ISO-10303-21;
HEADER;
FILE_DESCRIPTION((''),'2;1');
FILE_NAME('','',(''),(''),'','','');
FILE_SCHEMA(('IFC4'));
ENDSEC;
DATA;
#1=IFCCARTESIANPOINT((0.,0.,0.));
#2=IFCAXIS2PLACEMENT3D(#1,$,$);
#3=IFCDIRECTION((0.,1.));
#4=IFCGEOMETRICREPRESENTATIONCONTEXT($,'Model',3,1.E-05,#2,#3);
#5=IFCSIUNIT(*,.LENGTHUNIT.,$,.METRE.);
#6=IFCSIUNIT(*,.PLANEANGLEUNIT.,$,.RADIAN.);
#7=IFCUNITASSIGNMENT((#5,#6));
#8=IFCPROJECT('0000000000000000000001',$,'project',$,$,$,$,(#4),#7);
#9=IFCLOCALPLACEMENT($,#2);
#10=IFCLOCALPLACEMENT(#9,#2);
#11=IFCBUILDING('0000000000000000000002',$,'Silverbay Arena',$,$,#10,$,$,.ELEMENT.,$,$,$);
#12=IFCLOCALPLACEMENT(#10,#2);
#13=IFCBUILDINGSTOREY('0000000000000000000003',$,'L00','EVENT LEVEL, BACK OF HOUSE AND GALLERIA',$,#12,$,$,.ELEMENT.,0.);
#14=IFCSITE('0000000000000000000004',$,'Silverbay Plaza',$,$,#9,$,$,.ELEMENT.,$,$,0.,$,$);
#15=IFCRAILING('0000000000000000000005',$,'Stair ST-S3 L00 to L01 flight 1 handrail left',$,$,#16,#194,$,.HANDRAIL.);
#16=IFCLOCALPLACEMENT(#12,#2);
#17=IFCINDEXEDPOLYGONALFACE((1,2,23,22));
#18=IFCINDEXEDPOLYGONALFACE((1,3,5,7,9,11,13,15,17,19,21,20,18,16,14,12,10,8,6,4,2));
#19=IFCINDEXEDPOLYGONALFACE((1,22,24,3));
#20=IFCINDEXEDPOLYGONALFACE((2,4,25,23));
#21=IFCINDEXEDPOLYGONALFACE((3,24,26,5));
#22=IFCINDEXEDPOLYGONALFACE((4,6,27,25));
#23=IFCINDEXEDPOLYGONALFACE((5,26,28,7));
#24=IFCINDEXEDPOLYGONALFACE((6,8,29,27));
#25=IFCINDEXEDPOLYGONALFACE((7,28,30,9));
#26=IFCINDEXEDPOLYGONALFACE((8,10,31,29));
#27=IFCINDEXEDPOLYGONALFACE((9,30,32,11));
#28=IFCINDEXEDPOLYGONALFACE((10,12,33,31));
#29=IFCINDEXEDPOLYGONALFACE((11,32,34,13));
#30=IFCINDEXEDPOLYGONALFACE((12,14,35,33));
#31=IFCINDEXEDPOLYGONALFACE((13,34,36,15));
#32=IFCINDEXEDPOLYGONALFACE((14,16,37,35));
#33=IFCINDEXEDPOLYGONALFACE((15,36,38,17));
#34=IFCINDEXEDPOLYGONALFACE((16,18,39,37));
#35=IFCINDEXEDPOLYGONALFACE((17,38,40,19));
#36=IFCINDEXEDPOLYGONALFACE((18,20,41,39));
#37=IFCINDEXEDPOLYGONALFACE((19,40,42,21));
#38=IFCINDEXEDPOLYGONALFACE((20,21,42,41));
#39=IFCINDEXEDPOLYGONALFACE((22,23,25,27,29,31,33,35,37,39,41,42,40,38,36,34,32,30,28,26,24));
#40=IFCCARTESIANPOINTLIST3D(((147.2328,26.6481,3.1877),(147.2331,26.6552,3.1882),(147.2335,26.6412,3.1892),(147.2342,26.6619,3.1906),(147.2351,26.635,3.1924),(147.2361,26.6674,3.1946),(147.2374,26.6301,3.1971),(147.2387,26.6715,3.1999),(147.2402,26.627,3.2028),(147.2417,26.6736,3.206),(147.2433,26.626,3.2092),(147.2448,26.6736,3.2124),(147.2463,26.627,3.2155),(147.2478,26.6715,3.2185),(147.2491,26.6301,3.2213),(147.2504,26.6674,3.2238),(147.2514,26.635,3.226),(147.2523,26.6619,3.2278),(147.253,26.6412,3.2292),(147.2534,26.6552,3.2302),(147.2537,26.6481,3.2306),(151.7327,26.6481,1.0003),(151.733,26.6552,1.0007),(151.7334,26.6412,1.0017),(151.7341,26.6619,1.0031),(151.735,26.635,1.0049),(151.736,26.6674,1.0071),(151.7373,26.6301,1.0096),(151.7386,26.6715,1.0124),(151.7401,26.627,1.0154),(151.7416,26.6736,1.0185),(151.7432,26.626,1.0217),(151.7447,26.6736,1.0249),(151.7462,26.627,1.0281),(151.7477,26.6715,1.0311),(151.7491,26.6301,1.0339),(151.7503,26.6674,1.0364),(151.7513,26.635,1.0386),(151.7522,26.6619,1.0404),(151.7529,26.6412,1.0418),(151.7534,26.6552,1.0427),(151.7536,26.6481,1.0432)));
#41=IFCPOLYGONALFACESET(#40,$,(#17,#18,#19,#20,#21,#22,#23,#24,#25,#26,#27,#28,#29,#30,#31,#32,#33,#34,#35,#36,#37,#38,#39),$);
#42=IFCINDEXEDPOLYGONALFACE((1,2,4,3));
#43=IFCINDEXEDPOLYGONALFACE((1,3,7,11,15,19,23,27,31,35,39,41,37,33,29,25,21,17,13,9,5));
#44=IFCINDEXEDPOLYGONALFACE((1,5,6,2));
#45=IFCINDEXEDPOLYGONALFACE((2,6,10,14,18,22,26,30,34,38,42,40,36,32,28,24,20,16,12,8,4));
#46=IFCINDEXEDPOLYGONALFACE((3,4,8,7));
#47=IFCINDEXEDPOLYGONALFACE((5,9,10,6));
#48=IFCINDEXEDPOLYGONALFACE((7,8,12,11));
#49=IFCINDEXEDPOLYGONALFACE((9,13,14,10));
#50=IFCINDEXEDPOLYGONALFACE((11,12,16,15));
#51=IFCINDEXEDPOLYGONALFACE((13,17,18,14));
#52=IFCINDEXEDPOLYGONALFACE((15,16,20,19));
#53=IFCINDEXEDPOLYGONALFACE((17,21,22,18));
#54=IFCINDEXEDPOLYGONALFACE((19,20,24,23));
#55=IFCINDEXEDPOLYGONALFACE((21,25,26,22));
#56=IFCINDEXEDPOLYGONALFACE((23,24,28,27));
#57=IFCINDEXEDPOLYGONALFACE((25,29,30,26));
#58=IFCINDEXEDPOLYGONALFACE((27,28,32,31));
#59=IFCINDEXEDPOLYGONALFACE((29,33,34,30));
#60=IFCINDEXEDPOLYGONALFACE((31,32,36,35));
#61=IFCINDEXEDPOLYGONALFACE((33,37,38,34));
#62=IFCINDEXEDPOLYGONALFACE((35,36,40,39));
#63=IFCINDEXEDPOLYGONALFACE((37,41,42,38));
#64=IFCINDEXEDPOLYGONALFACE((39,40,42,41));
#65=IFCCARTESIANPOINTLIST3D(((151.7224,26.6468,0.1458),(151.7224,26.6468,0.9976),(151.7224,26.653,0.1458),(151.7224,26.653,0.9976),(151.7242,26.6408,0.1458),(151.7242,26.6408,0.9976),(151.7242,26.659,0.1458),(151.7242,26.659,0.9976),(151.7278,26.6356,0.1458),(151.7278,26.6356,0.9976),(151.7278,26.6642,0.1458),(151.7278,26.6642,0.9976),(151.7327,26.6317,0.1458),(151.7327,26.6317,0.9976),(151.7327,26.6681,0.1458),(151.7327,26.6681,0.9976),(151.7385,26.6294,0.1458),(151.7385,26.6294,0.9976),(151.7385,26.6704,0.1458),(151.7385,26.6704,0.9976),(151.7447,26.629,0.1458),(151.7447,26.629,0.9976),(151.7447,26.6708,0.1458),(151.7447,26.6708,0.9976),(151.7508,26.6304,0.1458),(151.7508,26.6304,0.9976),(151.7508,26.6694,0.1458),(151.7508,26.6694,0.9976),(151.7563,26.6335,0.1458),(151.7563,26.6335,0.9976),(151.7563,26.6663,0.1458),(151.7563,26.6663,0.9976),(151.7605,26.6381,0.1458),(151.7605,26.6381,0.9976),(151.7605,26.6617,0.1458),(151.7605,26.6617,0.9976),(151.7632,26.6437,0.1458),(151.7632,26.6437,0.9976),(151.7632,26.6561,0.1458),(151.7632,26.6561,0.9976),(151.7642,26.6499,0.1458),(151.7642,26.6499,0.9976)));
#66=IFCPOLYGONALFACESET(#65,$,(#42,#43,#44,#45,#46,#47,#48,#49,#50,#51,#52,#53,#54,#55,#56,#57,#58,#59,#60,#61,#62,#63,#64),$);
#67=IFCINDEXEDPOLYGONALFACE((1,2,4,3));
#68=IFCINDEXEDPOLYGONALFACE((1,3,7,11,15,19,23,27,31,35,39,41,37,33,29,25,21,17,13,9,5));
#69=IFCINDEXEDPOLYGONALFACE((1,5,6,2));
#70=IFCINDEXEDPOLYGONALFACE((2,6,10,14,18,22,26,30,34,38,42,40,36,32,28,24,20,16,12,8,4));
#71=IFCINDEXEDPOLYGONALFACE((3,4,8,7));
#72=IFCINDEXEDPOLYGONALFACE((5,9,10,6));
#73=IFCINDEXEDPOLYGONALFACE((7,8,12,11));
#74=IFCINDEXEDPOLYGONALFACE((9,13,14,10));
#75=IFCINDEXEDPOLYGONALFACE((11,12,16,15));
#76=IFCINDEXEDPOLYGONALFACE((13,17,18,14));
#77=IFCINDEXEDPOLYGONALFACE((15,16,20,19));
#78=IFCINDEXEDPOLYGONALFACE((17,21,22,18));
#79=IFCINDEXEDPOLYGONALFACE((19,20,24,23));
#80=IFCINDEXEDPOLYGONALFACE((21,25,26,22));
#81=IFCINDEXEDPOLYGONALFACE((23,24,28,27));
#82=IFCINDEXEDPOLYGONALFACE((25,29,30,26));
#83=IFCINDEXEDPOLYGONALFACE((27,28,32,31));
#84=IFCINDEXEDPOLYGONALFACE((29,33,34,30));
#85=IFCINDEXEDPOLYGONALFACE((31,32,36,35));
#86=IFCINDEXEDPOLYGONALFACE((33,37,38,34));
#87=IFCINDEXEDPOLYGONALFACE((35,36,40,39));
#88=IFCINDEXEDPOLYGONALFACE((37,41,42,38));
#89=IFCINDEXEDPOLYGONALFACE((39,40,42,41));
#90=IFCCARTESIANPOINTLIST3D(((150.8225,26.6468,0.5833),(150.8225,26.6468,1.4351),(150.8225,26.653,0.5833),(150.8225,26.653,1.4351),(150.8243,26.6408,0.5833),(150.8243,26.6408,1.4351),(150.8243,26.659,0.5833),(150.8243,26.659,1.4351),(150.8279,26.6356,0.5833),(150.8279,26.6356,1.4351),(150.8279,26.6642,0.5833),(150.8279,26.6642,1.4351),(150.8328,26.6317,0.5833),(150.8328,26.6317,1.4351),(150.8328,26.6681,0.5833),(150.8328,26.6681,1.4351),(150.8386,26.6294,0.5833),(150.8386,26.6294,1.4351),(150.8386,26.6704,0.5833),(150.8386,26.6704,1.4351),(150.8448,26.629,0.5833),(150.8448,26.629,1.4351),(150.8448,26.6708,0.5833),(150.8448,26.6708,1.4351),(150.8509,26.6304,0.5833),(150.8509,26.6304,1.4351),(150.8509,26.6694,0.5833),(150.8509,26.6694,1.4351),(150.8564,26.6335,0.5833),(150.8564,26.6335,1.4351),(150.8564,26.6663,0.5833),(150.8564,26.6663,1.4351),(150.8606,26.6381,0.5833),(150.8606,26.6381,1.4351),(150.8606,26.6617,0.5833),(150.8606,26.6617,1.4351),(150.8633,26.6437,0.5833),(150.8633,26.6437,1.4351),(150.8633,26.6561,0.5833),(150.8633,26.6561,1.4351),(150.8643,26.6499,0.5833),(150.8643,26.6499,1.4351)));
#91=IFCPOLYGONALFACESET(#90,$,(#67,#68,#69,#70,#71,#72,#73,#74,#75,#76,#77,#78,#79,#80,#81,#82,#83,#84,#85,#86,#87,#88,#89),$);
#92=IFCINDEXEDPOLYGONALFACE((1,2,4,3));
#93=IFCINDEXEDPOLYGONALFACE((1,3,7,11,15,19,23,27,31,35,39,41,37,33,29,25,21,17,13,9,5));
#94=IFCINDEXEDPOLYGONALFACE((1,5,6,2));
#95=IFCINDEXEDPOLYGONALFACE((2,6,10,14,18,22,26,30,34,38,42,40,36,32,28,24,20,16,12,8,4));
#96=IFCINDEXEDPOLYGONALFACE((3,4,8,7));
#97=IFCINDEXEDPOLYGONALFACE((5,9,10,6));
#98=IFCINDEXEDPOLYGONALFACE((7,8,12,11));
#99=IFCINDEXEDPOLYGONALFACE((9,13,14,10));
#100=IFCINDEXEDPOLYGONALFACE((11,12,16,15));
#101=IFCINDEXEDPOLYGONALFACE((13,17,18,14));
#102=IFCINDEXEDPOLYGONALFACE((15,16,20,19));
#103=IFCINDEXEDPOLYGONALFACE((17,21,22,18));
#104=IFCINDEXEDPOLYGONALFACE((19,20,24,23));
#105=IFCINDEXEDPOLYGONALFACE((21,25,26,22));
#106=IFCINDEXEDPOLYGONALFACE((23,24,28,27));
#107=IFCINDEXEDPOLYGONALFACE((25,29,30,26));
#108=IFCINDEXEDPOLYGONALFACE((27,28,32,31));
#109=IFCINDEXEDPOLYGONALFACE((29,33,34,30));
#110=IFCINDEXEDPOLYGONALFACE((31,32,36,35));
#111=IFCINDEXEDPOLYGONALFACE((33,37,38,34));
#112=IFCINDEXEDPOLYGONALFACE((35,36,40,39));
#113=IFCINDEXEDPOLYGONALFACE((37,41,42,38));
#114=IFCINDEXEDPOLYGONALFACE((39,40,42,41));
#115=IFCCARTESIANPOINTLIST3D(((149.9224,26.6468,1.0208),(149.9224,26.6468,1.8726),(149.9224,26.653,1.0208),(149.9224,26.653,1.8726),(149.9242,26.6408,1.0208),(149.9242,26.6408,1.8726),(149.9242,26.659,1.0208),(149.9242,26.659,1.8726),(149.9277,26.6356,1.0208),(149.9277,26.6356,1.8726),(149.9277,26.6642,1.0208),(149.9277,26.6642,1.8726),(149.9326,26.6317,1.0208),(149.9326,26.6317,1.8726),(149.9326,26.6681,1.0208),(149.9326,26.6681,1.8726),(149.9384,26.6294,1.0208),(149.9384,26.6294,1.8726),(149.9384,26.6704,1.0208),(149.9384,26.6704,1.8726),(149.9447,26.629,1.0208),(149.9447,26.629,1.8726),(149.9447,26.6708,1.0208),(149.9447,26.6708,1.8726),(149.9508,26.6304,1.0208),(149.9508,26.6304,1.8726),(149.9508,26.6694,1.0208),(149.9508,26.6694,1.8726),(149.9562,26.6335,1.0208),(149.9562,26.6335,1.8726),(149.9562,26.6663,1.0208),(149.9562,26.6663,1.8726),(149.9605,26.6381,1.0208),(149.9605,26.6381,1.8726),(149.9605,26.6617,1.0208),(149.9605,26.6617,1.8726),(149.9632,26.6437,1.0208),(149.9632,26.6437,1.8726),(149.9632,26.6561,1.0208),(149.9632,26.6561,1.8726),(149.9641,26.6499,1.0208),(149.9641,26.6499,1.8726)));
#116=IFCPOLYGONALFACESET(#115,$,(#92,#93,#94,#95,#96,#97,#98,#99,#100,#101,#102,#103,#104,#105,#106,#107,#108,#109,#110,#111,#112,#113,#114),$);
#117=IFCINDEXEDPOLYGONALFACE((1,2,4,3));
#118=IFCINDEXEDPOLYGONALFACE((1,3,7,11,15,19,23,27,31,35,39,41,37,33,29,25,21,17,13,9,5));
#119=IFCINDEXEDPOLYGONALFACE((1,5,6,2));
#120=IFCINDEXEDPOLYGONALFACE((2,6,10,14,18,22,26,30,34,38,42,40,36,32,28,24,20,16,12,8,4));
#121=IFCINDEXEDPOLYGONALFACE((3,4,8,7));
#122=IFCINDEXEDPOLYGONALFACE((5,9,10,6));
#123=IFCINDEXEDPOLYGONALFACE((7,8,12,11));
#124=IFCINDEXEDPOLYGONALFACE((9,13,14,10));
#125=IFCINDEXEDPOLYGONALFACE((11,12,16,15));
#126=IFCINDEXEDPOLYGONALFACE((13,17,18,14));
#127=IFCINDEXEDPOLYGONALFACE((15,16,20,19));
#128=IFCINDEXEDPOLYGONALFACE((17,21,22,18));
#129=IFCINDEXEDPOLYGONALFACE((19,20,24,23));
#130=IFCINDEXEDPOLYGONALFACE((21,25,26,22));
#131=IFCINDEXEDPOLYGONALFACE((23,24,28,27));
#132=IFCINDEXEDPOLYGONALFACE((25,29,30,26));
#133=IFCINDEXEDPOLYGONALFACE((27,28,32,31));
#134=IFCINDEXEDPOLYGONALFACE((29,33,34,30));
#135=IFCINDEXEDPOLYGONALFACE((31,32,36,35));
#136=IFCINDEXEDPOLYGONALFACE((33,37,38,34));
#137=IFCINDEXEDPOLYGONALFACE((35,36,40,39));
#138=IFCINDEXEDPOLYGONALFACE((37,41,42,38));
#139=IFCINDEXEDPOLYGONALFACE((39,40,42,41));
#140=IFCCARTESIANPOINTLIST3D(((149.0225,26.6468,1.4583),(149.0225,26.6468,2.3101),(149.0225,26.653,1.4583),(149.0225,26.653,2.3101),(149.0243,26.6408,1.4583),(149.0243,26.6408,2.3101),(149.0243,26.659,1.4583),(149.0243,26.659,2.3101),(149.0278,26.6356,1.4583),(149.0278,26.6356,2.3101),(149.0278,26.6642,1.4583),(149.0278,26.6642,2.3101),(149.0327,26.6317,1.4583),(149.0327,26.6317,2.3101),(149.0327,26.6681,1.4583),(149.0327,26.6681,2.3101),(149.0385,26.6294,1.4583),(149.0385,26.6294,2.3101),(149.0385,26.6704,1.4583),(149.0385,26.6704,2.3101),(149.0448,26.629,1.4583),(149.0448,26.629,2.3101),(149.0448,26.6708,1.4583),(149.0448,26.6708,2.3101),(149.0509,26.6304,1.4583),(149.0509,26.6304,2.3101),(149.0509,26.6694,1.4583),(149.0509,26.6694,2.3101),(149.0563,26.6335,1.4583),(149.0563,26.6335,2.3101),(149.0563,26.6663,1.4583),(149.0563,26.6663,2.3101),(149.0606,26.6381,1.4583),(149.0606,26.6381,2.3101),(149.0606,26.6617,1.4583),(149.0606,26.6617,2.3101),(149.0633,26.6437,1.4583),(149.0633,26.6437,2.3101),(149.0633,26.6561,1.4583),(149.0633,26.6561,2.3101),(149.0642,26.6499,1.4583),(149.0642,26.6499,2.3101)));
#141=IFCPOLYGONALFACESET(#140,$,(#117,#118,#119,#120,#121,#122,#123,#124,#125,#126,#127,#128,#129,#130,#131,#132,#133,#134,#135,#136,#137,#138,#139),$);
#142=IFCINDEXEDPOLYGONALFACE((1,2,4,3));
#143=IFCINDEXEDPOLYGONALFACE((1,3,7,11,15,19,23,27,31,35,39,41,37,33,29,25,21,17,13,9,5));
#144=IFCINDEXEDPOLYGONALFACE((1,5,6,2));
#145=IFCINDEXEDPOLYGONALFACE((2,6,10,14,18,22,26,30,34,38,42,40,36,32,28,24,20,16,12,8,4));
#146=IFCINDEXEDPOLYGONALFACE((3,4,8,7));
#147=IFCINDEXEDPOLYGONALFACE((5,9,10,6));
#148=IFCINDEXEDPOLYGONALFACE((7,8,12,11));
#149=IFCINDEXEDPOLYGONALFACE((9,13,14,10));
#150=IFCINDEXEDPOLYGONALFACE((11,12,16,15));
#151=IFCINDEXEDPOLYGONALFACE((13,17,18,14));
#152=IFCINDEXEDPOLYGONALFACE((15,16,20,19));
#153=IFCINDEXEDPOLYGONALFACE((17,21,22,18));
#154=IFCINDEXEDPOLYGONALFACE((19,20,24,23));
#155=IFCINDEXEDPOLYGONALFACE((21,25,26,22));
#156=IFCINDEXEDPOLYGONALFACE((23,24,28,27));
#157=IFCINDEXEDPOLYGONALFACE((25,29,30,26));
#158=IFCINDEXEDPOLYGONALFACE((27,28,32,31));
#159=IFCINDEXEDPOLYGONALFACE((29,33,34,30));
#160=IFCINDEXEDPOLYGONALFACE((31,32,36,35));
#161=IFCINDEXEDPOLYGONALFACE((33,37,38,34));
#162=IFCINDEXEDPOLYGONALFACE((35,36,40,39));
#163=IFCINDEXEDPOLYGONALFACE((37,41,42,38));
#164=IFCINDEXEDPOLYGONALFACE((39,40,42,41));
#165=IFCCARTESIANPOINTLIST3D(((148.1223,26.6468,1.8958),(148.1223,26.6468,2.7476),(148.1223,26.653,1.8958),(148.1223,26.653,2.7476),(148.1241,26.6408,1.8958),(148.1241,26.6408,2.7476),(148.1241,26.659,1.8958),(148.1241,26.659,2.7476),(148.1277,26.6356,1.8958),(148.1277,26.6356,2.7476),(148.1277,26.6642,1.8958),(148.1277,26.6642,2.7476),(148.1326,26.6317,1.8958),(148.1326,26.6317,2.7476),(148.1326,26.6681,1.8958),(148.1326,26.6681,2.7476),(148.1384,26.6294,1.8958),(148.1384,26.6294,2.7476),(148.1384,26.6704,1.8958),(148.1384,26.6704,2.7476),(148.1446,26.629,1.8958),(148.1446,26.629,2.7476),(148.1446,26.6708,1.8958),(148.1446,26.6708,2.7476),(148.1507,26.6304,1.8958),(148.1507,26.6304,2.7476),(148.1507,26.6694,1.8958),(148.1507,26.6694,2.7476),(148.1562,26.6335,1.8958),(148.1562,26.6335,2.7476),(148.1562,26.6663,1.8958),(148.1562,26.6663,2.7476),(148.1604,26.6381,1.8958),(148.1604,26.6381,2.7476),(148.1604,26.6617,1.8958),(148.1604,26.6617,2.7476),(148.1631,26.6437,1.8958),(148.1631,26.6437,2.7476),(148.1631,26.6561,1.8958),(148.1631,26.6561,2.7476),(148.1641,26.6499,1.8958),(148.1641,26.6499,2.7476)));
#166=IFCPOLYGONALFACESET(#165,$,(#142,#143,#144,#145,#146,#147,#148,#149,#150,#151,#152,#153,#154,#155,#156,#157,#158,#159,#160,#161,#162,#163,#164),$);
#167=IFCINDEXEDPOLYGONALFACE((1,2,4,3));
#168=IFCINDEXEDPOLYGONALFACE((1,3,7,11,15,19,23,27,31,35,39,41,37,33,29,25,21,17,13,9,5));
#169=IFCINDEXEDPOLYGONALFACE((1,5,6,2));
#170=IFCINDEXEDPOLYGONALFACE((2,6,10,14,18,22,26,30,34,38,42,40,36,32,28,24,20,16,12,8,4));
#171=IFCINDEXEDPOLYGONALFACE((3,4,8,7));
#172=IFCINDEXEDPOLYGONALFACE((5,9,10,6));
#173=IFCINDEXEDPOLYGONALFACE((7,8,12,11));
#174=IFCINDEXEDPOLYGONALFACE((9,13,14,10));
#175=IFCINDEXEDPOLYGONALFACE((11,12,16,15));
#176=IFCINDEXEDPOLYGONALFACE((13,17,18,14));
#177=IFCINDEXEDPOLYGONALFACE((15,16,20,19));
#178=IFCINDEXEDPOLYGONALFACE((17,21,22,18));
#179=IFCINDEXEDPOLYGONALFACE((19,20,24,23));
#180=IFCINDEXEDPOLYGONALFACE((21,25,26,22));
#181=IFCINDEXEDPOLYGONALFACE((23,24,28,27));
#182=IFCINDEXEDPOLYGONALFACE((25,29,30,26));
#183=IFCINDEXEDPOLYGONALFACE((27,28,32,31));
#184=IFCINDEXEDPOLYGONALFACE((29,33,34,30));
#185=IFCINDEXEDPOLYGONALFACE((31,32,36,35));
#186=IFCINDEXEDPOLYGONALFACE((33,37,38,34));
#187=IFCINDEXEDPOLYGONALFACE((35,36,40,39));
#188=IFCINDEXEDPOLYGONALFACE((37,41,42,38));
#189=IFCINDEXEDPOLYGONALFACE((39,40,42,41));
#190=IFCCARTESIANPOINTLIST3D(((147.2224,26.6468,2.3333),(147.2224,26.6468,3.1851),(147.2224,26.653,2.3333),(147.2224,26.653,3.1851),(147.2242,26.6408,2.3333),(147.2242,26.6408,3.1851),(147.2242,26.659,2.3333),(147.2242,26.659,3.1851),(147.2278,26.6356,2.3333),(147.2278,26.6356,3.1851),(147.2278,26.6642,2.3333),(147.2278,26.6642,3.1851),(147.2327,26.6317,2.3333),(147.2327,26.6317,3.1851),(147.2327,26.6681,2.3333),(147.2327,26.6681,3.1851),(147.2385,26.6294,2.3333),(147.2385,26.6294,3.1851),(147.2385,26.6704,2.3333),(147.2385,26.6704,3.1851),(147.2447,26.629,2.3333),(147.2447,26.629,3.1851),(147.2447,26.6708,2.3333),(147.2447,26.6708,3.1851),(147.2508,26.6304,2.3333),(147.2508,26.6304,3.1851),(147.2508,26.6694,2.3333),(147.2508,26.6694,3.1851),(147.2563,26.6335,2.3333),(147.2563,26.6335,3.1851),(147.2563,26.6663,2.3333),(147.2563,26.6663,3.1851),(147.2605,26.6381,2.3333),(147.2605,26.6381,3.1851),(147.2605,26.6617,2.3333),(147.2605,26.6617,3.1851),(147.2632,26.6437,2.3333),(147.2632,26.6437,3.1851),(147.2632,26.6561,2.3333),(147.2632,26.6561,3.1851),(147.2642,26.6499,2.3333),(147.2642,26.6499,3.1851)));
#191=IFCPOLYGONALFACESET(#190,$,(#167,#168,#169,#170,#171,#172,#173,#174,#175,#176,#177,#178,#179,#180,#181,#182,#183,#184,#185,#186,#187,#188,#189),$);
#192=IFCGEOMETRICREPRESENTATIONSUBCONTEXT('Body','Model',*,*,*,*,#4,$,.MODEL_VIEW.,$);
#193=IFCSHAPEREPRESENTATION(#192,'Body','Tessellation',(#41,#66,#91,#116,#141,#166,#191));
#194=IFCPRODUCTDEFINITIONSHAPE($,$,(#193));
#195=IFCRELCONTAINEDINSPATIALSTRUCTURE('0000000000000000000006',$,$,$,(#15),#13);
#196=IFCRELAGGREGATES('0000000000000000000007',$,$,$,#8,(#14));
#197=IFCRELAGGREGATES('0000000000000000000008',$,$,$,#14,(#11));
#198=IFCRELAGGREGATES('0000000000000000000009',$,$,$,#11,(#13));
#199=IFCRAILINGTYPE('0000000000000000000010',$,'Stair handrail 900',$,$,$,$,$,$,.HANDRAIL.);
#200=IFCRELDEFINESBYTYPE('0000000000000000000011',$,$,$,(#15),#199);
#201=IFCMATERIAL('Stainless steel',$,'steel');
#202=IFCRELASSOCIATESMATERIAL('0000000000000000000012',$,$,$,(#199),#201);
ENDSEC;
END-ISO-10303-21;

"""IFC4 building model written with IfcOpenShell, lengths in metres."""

from ifc_helpers import new_model, si_unit, direction, frame, origin, origin_2d, place, context, subcontext, project, spatial, circle, extrude, material, type_object, element, save


model = new_model("IFC4")

# Units and contexts
model_context = context("Model", 3, precision=1e-05, world=origin(), true_north=direction((0.0, 1.0)))
body_context = subcontext(model_context, "Body", "Model", "MODEL_VIEW")
ifc_project = project(units=[si_unit("LENGTHUNIT", "METRE"), si_unit("PLANEANGLEUNIT", "RADIAN")], contexts=[model_context])

# Site, building, storey
site_placement = place(None, origin())
site = spatial("IfcSite", under=ifc_project, at=site_placement, Name="Silverbay Plaza", CompositionType="ELEMENT", RefElevation=0.0)
building_placement = place(site_placement, origin())
building = spatial("IfcBuilding", under=site, at=building_placement, Name="Silverbay Arena", CompositionType="ELEMENT")
storey_placement = place(building_placement, origin())
storey = spatial("IfcBuildingStorey", under=building, at=storey_placement, Name="L00", Description="EVENT LEVEL, BACK OF HOUSE AND GALLERIA", CompositionType="ELEMENT", Elevation=0.0)

# Railing
ifc_material_1 = material(Name="Stainless steel", Category="steel")
railing_type_1 = type_object("IfcRailingType", Name="Stair handrail 900", PredefinedType="HANDRAIL", material=ifc_material_1)
for number, where, name in (
    (1, (151.7432, 26.6499, 0.1458), "Stair ST-S3 L00 to L01 flight 1 handrail left"),
):
    element("IfcRailing", number, at=place(storey_placement, frame(where)), inside=storey, type_object=railing_type_1, Name=name, PredefinedType="HANDRAIL", context=body_context, shape_type="SweptSolid", body=[
        extrude(circle(Radius=0.0239, at=origin_2d()), frame((0.0, 0.0, 0.876), z_axis=(-0.899368, 0.0, 0.437193), x_axis=(0.0, -1.0, 0.0)), (0.0, 0.0, 1.0), 5.0034),
        extrude(circle(Radius=0.021, at=origin_2d()), origin(), (0.0, 0.0, 1.0), 0.8518),
        extrude(circle(Radius=0.021, at=origin_2d()), frame((-0.8999, 0.0, 0.4375)), (0.0, 0.0, 1.0), 0.8518),
        extrude(circle(Radius=0.021, at=origin_2d()), frame((-1.8, 0.0, 0.875)), (0.0, 0.0, 1.0), 0.8518),
        extrude(circle(Radius=0.021, at=origin_2d()), frame((-2.7, 0.0, 1.3125)), (0.0, 0.0, 1.0), 0.8518),
        extrude(circle(Radius=0.021, at=origin_2d()), frame((-3.6001, 0.0, 1.75)), (0.0, 0.0, 1.0), 0.8518),
        extrude(circle(Radius=0.021, at=origin_2d()), frame((-4.5, 0.0, 2.1875)), (0.0, 0.0, 1.0), 0.8518),
    ])

save(model, "model.ifc")
